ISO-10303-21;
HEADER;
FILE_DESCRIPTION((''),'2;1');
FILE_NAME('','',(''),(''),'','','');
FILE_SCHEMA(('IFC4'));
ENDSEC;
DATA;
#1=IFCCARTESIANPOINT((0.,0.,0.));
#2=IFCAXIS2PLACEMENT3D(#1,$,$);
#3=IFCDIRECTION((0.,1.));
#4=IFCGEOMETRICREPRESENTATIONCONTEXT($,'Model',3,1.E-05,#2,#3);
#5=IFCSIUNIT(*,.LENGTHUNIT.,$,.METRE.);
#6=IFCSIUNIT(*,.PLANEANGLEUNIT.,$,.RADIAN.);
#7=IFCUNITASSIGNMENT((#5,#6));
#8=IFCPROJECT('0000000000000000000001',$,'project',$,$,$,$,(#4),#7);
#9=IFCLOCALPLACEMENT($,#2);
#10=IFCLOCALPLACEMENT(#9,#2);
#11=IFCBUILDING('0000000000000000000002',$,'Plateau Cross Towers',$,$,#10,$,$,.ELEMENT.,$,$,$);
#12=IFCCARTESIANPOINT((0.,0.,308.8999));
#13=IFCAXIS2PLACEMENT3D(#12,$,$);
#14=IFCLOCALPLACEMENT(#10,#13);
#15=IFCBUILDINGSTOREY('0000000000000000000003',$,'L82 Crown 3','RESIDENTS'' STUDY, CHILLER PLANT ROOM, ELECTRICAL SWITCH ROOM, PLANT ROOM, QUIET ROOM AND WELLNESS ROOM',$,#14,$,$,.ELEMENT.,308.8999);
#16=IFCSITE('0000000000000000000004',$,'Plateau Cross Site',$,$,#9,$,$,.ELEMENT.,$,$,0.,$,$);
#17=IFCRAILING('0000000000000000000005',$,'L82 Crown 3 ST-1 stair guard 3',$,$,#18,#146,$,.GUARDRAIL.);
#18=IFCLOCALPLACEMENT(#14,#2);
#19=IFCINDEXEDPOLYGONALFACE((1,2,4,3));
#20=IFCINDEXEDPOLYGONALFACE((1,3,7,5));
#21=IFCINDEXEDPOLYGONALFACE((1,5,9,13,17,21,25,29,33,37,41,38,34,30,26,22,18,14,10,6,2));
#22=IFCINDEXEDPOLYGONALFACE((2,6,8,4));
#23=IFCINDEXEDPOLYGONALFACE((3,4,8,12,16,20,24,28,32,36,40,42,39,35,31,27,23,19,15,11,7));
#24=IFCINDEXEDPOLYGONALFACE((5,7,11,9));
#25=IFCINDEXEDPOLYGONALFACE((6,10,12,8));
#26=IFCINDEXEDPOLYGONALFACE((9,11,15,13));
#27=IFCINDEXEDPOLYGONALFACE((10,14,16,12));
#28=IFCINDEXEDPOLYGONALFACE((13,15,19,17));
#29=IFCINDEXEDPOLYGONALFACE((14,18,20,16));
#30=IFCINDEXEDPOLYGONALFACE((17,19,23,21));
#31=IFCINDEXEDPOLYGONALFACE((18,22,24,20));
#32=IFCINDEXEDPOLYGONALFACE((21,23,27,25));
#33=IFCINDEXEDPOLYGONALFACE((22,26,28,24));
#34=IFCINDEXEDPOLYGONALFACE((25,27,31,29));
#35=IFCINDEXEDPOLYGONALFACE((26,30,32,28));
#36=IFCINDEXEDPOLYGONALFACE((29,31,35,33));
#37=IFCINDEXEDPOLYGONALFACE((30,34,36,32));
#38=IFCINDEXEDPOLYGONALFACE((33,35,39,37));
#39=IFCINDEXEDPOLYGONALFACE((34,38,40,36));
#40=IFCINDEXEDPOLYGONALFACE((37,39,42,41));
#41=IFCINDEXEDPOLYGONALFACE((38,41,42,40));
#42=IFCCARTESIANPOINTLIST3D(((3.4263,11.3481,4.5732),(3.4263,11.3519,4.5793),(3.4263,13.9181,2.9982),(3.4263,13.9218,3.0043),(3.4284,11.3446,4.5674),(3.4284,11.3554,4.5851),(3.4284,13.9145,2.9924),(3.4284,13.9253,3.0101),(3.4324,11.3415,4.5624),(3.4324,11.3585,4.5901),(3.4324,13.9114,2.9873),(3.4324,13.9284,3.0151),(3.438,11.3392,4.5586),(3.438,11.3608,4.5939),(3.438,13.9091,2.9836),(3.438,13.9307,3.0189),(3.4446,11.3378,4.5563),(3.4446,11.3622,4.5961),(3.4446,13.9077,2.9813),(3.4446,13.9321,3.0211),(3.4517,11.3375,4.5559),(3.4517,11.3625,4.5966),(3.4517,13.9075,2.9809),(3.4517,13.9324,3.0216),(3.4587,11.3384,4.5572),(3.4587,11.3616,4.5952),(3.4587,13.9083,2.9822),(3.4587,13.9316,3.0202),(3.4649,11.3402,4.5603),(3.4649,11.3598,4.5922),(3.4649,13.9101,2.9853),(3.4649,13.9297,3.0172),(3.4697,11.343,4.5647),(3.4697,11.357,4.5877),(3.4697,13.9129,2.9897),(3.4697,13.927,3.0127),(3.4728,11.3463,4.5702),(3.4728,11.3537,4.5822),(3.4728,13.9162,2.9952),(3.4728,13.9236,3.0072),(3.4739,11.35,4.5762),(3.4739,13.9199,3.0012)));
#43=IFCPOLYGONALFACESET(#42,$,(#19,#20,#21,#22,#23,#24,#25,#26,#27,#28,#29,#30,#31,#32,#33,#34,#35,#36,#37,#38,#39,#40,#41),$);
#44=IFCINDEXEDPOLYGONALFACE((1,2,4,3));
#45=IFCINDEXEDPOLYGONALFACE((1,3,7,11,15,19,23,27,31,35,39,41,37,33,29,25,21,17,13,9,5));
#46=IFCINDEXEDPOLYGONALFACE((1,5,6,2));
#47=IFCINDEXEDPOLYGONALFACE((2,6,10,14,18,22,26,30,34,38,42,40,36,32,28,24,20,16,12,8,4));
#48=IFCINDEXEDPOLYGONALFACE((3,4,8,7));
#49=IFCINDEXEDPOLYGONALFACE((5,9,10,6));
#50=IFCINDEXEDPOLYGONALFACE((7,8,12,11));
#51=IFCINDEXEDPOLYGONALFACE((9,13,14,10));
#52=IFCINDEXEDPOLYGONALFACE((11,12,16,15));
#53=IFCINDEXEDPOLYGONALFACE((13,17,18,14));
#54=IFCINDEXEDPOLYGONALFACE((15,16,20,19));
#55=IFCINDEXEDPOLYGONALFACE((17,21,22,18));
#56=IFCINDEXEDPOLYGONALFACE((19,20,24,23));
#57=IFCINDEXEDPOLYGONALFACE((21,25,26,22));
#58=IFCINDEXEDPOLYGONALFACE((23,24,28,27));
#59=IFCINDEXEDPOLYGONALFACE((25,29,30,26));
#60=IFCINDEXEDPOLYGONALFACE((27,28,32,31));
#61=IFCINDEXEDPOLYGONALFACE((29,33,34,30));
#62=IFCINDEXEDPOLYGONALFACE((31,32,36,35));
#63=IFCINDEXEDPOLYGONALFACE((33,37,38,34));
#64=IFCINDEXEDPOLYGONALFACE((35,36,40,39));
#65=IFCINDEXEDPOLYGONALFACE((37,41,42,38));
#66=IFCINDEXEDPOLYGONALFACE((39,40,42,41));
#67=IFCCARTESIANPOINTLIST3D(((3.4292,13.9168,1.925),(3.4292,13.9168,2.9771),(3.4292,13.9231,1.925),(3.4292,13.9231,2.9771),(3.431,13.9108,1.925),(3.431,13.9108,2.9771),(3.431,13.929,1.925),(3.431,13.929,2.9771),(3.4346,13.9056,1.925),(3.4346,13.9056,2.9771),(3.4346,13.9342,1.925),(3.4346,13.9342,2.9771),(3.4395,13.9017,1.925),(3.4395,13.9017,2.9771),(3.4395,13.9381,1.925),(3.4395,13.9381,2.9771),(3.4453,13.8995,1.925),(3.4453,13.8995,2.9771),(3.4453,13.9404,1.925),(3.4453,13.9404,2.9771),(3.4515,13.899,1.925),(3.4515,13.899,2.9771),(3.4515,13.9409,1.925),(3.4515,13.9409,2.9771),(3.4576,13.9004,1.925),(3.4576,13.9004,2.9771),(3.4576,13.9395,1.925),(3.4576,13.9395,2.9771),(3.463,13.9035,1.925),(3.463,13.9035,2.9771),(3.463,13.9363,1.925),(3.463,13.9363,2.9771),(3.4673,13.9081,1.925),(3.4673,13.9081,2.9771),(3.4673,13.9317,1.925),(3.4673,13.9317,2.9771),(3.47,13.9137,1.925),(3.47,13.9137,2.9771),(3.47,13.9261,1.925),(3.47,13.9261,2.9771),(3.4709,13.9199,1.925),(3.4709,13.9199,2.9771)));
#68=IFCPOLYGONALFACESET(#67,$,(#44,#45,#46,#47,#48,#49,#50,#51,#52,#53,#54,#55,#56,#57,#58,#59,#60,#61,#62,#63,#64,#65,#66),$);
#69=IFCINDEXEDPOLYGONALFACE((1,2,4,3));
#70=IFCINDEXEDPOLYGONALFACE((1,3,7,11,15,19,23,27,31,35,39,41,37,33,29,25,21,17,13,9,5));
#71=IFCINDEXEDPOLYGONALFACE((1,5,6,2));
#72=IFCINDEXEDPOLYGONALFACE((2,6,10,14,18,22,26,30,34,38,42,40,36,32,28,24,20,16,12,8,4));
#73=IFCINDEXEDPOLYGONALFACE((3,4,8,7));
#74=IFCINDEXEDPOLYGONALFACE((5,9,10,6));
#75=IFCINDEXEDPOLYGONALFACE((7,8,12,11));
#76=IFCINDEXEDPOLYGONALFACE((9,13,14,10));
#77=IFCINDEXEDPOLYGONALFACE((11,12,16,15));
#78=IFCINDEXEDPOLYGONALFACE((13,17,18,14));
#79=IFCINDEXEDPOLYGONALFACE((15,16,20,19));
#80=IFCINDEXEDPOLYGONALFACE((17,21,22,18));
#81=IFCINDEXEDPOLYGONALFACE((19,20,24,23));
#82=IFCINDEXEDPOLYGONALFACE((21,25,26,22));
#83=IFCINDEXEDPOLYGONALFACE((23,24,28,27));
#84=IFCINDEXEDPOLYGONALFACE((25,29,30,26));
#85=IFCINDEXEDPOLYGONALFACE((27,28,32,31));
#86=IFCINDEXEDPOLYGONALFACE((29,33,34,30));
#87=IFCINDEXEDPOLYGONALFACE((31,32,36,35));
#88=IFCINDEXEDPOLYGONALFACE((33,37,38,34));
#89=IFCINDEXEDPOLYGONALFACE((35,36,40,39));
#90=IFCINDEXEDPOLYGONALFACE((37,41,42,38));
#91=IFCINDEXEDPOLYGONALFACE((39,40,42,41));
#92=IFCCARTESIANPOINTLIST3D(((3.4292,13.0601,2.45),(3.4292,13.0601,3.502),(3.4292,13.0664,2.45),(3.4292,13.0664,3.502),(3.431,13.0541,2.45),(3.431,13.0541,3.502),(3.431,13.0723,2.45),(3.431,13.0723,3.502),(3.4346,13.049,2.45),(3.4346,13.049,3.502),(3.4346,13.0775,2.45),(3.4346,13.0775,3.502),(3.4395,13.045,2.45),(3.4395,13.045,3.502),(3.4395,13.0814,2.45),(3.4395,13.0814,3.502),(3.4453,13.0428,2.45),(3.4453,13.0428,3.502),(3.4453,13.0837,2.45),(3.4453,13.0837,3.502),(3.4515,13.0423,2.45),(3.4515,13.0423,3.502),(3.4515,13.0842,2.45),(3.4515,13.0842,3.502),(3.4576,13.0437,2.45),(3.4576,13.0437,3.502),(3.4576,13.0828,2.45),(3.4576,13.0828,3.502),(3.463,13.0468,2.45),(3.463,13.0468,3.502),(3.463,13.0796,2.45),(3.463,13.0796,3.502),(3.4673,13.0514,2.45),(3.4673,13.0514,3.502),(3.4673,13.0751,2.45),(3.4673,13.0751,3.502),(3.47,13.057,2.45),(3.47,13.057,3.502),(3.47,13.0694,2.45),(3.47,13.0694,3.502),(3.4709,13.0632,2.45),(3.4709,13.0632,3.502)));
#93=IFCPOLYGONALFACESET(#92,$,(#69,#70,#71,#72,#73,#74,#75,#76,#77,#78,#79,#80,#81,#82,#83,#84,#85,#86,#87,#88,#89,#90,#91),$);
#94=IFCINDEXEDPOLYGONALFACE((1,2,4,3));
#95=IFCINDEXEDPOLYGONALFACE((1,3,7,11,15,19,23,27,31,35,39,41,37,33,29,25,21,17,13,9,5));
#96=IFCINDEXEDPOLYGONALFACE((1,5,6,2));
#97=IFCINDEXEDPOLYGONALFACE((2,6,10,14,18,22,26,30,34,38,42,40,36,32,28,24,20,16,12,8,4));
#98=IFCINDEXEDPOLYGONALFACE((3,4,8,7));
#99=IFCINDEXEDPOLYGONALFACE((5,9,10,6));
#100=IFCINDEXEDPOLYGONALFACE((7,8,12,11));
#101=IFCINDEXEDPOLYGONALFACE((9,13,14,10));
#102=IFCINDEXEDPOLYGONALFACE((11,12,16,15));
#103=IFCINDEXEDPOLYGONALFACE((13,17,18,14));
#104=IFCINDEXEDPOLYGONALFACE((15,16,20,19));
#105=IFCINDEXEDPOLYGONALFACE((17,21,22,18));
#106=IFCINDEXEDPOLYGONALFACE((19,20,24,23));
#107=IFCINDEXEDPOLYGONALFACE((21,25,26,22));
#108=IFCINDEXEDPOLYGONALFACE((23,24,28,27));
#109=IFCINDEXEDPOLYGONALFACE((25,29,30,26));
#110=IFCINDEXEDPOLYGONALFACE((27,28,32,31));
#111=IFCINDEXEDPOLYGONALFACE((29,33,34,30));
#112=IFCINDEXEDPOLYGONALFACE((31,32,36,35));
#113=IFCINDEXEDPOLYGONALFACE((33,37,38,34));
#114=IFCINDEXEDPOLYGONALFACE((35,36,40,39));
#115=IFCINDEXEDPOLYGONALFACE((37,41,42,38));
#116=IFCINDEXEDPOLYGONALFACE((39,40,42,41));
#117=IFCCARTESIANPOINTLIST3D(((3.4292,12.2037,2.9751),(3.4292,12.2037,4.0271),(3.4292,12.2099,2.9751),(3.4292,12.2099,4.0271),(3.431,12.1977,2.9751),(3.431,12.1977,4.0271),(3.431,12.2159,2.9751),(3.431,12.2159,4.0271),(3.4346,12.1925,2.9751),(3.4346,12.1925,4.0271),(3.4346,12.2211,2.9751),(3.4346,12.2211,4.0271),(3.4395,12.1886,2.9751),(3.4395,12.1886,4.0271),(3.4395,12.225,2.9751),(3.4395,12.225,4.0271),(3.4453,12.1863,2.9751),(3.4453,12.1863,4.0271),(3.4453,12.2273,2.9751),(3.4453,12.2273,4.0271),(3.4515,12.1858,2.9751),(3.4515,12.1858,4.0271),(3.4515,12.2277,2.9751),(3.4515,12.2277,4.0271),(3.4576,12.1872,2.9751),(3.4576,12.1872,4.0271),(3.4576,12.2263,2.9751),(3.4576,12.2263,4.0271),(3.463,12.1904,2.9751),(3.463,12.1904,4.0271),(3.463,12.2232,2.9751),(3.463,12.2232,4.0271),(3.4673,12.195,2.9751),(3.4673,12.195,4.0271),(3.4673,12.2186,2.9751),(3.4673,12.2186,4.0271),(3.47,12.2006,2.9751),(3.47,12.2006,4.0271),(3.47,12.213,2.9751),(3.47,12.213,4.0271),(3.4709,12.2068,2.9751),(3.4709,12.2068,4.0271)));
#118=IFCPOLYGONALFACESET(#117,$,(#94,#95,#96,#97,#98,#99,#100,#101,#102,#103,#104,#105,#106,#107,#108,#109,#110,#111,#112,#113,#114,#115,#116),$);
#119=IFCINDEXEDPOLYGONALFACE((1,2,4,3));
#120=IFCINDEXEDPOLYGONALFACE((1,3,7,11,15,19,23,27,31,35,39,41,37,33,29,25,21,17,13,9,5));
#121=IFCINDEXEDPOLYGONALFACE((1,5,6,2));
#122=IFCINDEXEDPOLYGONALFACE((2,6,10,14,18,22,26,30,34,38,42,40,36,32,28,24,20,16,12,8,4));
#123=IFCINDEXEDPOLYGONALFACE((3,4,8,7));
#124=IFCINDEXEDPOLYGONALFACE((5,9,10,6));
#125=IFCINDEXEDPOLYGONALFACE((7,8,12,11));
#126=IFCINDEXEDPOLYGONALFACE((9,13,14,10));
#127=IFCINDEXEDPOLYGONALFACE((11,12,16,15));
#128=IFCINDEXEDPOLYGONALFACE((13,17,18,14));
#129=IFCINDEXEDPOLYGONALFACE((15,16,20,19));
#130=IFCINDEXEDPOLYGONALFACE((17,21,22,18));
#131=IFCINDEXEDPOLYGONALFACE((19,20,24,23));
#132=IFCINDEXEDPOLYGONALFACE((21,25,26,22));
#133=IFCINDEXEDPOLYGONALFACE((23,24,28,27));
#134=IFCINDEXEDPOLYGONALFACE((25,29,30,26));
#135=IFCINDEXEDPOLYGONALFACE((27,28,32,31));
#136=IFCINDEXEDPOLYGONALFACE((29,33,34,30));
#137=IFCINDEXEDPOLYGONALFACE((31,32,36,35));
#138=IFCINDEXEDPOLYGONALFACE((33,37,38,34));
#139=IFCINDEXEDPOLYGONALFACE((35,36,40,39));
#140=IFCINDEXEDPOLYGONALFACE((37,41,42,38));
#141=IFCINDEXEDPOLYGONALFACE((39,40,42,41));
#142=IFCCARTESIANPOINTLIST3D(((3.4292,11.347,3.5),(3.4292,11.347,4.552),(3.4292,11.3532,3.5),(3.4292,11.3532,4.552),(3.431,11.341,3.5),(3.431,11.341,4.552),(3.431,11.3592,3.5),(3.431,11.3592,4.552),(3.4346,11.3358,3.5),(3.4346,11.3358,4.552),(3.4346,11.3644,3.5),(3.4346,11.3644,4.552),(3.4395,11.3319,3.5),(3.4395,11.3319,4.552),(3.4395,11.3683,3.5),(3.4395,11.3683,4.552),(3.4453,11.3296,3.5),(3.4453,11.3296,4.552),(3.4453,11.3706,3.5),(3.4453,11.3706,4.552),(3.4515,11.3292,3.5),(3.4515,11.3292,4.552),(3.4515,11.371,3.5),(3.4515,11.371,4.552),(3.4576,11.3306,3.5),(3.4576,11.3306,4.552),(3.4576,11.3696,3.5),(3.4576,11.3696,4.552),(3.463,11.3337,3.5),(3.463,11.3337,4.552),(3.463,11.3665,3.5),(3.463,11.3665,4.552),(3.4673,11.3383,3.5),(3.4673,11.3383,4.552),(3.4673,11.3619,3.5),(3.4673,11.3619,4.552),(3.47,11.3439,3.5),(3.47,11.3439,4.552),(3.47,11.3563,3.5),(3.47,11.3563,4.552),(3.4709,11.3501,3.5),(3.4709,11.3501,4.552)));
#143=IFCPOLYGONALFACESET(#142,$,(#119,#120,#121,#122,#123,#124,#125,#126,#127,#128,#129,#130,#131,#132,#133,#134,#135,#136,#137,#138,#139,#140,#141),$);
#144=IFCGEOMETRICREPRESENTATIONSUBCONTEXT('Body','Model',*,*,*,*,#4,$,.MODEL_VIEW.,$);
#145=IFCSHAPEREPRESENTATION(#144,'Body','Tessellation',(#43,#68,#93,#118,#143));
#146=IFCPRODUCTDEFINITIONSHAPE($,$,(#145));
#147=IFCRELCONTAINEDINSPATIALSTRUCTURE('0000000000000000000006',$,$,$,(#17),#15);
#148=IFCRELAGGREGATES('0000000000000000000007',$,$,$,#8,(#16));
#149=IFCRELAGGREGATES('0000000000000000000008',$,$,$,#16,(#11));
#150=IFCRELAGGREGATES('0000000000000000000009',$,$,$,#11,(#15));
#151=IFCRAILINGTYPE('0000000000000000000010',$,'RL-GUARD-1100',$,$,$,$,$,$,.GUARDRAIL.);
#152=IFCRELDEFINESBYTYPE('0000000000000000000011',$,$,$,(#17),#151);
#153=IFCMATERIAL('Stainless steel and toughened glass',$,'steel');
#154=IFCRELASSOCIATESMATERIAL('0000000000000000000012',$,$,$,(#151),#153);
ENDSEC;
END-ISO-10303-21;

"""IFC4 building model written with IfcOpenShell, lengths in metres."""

from ifc_helpers import new_model, si_unit, direction, frame, origin, origin_2d, place, context, subcontext, project, spatial, circle, extrude, material, type_object, element, save


model = new_model("IFC4")

# Units and contexts
model_context = context("Model", 3, precision=1e-05, world=origin(), true_north=direction((0.0, 1.0)))
body_context = subcontext(model_context, "Body", "Model", "MODEL_VIEW")
ifc_project = project(units=[si_unit("LENGTHUNIT", "METRE"), si_unit("PLANEANGLEUNIT", "RADIAN")], contexts=[model_context])

# Site, building, storey
site_placement = place(None, origin())
site = spatial("IfcSite", under=ifc_project, at=site_placement, Name="Plateau Cross Site", CompositionType="ELEMENT", RefElevation=0.0)
building_placement = place(site_placement, origin())
building = spatial("IfcBuilding", under=site, at=building_placement, Name="Plateau Cross Towers", CompositionType="ELEMENT")
storey_placement = place(building_placement, frame((0.0, 0.0, 308.8999)))
storey = spatial("IfcBuildingStorey", under=building, at=storey_placement, Name="L82 Crown 3", Description="RESIDENTS' STUDY, CHILLER PLANT ROOM, ELECTRICAL SWITCH ROOM, PLANT ROOM, QUIET ROOM AND WELLNESS ROOM", CompositionType="ELEMENT", Elevation=308.8999)

# Railing
ifc_material_1 = material(Name="Stainless steel and toughened glass", Category="steel")
railing_type_1 = type_object("IfcRailingType", Name="RL-GUARD-1100", PredefinedType="GUARDRAIL", material=ifc_material_1)
railing_1_placement = place(storey_placement, frame((3.45, 13.9199, 1.925)))
element("IfcRailing", 1, at=railing_1_placement, inside=storey, type_object=railing_type_1, Name="L82 Crown 3 ST-1 stair guard 3", PredefinedType="GUARDRAIL", context=body_context, shape_type="SweptSolid", body=[
    extrude(circle(Radius=0.0239, at=origin_2d()), frame((0.0, 0.0, 1.0762), z_axis=(0.0, -0.852616, 0.522537), x_axis=(1.0, 0.0, 0.0)), (0.0, 0.0, 1.0), 3.0142),
    extrude(circle(Radius=0.021, at=origin_2d()), origin(), (0.0, 0.0, 1.0), 1.052),
    extrude(circle(Radius=0.021, at=origin_2d()), frame((0.0, -0.8567, 0.5249)), (0.0, 0.0, 1.0), 1.052),
    extrude(circle(Radius=0.021, at=origin_2d()), frame((0.0, -1.7131, 1.05)), (0.0, 0.0, 1.0), 1.052),
    extrude(circle(Radius=0.021, at=origin_2d()), frame((0.0, -2.5698, 1.575)), (0.0, 0.0, 1.0), 1.052),
])

save(model, "model.ifc")
